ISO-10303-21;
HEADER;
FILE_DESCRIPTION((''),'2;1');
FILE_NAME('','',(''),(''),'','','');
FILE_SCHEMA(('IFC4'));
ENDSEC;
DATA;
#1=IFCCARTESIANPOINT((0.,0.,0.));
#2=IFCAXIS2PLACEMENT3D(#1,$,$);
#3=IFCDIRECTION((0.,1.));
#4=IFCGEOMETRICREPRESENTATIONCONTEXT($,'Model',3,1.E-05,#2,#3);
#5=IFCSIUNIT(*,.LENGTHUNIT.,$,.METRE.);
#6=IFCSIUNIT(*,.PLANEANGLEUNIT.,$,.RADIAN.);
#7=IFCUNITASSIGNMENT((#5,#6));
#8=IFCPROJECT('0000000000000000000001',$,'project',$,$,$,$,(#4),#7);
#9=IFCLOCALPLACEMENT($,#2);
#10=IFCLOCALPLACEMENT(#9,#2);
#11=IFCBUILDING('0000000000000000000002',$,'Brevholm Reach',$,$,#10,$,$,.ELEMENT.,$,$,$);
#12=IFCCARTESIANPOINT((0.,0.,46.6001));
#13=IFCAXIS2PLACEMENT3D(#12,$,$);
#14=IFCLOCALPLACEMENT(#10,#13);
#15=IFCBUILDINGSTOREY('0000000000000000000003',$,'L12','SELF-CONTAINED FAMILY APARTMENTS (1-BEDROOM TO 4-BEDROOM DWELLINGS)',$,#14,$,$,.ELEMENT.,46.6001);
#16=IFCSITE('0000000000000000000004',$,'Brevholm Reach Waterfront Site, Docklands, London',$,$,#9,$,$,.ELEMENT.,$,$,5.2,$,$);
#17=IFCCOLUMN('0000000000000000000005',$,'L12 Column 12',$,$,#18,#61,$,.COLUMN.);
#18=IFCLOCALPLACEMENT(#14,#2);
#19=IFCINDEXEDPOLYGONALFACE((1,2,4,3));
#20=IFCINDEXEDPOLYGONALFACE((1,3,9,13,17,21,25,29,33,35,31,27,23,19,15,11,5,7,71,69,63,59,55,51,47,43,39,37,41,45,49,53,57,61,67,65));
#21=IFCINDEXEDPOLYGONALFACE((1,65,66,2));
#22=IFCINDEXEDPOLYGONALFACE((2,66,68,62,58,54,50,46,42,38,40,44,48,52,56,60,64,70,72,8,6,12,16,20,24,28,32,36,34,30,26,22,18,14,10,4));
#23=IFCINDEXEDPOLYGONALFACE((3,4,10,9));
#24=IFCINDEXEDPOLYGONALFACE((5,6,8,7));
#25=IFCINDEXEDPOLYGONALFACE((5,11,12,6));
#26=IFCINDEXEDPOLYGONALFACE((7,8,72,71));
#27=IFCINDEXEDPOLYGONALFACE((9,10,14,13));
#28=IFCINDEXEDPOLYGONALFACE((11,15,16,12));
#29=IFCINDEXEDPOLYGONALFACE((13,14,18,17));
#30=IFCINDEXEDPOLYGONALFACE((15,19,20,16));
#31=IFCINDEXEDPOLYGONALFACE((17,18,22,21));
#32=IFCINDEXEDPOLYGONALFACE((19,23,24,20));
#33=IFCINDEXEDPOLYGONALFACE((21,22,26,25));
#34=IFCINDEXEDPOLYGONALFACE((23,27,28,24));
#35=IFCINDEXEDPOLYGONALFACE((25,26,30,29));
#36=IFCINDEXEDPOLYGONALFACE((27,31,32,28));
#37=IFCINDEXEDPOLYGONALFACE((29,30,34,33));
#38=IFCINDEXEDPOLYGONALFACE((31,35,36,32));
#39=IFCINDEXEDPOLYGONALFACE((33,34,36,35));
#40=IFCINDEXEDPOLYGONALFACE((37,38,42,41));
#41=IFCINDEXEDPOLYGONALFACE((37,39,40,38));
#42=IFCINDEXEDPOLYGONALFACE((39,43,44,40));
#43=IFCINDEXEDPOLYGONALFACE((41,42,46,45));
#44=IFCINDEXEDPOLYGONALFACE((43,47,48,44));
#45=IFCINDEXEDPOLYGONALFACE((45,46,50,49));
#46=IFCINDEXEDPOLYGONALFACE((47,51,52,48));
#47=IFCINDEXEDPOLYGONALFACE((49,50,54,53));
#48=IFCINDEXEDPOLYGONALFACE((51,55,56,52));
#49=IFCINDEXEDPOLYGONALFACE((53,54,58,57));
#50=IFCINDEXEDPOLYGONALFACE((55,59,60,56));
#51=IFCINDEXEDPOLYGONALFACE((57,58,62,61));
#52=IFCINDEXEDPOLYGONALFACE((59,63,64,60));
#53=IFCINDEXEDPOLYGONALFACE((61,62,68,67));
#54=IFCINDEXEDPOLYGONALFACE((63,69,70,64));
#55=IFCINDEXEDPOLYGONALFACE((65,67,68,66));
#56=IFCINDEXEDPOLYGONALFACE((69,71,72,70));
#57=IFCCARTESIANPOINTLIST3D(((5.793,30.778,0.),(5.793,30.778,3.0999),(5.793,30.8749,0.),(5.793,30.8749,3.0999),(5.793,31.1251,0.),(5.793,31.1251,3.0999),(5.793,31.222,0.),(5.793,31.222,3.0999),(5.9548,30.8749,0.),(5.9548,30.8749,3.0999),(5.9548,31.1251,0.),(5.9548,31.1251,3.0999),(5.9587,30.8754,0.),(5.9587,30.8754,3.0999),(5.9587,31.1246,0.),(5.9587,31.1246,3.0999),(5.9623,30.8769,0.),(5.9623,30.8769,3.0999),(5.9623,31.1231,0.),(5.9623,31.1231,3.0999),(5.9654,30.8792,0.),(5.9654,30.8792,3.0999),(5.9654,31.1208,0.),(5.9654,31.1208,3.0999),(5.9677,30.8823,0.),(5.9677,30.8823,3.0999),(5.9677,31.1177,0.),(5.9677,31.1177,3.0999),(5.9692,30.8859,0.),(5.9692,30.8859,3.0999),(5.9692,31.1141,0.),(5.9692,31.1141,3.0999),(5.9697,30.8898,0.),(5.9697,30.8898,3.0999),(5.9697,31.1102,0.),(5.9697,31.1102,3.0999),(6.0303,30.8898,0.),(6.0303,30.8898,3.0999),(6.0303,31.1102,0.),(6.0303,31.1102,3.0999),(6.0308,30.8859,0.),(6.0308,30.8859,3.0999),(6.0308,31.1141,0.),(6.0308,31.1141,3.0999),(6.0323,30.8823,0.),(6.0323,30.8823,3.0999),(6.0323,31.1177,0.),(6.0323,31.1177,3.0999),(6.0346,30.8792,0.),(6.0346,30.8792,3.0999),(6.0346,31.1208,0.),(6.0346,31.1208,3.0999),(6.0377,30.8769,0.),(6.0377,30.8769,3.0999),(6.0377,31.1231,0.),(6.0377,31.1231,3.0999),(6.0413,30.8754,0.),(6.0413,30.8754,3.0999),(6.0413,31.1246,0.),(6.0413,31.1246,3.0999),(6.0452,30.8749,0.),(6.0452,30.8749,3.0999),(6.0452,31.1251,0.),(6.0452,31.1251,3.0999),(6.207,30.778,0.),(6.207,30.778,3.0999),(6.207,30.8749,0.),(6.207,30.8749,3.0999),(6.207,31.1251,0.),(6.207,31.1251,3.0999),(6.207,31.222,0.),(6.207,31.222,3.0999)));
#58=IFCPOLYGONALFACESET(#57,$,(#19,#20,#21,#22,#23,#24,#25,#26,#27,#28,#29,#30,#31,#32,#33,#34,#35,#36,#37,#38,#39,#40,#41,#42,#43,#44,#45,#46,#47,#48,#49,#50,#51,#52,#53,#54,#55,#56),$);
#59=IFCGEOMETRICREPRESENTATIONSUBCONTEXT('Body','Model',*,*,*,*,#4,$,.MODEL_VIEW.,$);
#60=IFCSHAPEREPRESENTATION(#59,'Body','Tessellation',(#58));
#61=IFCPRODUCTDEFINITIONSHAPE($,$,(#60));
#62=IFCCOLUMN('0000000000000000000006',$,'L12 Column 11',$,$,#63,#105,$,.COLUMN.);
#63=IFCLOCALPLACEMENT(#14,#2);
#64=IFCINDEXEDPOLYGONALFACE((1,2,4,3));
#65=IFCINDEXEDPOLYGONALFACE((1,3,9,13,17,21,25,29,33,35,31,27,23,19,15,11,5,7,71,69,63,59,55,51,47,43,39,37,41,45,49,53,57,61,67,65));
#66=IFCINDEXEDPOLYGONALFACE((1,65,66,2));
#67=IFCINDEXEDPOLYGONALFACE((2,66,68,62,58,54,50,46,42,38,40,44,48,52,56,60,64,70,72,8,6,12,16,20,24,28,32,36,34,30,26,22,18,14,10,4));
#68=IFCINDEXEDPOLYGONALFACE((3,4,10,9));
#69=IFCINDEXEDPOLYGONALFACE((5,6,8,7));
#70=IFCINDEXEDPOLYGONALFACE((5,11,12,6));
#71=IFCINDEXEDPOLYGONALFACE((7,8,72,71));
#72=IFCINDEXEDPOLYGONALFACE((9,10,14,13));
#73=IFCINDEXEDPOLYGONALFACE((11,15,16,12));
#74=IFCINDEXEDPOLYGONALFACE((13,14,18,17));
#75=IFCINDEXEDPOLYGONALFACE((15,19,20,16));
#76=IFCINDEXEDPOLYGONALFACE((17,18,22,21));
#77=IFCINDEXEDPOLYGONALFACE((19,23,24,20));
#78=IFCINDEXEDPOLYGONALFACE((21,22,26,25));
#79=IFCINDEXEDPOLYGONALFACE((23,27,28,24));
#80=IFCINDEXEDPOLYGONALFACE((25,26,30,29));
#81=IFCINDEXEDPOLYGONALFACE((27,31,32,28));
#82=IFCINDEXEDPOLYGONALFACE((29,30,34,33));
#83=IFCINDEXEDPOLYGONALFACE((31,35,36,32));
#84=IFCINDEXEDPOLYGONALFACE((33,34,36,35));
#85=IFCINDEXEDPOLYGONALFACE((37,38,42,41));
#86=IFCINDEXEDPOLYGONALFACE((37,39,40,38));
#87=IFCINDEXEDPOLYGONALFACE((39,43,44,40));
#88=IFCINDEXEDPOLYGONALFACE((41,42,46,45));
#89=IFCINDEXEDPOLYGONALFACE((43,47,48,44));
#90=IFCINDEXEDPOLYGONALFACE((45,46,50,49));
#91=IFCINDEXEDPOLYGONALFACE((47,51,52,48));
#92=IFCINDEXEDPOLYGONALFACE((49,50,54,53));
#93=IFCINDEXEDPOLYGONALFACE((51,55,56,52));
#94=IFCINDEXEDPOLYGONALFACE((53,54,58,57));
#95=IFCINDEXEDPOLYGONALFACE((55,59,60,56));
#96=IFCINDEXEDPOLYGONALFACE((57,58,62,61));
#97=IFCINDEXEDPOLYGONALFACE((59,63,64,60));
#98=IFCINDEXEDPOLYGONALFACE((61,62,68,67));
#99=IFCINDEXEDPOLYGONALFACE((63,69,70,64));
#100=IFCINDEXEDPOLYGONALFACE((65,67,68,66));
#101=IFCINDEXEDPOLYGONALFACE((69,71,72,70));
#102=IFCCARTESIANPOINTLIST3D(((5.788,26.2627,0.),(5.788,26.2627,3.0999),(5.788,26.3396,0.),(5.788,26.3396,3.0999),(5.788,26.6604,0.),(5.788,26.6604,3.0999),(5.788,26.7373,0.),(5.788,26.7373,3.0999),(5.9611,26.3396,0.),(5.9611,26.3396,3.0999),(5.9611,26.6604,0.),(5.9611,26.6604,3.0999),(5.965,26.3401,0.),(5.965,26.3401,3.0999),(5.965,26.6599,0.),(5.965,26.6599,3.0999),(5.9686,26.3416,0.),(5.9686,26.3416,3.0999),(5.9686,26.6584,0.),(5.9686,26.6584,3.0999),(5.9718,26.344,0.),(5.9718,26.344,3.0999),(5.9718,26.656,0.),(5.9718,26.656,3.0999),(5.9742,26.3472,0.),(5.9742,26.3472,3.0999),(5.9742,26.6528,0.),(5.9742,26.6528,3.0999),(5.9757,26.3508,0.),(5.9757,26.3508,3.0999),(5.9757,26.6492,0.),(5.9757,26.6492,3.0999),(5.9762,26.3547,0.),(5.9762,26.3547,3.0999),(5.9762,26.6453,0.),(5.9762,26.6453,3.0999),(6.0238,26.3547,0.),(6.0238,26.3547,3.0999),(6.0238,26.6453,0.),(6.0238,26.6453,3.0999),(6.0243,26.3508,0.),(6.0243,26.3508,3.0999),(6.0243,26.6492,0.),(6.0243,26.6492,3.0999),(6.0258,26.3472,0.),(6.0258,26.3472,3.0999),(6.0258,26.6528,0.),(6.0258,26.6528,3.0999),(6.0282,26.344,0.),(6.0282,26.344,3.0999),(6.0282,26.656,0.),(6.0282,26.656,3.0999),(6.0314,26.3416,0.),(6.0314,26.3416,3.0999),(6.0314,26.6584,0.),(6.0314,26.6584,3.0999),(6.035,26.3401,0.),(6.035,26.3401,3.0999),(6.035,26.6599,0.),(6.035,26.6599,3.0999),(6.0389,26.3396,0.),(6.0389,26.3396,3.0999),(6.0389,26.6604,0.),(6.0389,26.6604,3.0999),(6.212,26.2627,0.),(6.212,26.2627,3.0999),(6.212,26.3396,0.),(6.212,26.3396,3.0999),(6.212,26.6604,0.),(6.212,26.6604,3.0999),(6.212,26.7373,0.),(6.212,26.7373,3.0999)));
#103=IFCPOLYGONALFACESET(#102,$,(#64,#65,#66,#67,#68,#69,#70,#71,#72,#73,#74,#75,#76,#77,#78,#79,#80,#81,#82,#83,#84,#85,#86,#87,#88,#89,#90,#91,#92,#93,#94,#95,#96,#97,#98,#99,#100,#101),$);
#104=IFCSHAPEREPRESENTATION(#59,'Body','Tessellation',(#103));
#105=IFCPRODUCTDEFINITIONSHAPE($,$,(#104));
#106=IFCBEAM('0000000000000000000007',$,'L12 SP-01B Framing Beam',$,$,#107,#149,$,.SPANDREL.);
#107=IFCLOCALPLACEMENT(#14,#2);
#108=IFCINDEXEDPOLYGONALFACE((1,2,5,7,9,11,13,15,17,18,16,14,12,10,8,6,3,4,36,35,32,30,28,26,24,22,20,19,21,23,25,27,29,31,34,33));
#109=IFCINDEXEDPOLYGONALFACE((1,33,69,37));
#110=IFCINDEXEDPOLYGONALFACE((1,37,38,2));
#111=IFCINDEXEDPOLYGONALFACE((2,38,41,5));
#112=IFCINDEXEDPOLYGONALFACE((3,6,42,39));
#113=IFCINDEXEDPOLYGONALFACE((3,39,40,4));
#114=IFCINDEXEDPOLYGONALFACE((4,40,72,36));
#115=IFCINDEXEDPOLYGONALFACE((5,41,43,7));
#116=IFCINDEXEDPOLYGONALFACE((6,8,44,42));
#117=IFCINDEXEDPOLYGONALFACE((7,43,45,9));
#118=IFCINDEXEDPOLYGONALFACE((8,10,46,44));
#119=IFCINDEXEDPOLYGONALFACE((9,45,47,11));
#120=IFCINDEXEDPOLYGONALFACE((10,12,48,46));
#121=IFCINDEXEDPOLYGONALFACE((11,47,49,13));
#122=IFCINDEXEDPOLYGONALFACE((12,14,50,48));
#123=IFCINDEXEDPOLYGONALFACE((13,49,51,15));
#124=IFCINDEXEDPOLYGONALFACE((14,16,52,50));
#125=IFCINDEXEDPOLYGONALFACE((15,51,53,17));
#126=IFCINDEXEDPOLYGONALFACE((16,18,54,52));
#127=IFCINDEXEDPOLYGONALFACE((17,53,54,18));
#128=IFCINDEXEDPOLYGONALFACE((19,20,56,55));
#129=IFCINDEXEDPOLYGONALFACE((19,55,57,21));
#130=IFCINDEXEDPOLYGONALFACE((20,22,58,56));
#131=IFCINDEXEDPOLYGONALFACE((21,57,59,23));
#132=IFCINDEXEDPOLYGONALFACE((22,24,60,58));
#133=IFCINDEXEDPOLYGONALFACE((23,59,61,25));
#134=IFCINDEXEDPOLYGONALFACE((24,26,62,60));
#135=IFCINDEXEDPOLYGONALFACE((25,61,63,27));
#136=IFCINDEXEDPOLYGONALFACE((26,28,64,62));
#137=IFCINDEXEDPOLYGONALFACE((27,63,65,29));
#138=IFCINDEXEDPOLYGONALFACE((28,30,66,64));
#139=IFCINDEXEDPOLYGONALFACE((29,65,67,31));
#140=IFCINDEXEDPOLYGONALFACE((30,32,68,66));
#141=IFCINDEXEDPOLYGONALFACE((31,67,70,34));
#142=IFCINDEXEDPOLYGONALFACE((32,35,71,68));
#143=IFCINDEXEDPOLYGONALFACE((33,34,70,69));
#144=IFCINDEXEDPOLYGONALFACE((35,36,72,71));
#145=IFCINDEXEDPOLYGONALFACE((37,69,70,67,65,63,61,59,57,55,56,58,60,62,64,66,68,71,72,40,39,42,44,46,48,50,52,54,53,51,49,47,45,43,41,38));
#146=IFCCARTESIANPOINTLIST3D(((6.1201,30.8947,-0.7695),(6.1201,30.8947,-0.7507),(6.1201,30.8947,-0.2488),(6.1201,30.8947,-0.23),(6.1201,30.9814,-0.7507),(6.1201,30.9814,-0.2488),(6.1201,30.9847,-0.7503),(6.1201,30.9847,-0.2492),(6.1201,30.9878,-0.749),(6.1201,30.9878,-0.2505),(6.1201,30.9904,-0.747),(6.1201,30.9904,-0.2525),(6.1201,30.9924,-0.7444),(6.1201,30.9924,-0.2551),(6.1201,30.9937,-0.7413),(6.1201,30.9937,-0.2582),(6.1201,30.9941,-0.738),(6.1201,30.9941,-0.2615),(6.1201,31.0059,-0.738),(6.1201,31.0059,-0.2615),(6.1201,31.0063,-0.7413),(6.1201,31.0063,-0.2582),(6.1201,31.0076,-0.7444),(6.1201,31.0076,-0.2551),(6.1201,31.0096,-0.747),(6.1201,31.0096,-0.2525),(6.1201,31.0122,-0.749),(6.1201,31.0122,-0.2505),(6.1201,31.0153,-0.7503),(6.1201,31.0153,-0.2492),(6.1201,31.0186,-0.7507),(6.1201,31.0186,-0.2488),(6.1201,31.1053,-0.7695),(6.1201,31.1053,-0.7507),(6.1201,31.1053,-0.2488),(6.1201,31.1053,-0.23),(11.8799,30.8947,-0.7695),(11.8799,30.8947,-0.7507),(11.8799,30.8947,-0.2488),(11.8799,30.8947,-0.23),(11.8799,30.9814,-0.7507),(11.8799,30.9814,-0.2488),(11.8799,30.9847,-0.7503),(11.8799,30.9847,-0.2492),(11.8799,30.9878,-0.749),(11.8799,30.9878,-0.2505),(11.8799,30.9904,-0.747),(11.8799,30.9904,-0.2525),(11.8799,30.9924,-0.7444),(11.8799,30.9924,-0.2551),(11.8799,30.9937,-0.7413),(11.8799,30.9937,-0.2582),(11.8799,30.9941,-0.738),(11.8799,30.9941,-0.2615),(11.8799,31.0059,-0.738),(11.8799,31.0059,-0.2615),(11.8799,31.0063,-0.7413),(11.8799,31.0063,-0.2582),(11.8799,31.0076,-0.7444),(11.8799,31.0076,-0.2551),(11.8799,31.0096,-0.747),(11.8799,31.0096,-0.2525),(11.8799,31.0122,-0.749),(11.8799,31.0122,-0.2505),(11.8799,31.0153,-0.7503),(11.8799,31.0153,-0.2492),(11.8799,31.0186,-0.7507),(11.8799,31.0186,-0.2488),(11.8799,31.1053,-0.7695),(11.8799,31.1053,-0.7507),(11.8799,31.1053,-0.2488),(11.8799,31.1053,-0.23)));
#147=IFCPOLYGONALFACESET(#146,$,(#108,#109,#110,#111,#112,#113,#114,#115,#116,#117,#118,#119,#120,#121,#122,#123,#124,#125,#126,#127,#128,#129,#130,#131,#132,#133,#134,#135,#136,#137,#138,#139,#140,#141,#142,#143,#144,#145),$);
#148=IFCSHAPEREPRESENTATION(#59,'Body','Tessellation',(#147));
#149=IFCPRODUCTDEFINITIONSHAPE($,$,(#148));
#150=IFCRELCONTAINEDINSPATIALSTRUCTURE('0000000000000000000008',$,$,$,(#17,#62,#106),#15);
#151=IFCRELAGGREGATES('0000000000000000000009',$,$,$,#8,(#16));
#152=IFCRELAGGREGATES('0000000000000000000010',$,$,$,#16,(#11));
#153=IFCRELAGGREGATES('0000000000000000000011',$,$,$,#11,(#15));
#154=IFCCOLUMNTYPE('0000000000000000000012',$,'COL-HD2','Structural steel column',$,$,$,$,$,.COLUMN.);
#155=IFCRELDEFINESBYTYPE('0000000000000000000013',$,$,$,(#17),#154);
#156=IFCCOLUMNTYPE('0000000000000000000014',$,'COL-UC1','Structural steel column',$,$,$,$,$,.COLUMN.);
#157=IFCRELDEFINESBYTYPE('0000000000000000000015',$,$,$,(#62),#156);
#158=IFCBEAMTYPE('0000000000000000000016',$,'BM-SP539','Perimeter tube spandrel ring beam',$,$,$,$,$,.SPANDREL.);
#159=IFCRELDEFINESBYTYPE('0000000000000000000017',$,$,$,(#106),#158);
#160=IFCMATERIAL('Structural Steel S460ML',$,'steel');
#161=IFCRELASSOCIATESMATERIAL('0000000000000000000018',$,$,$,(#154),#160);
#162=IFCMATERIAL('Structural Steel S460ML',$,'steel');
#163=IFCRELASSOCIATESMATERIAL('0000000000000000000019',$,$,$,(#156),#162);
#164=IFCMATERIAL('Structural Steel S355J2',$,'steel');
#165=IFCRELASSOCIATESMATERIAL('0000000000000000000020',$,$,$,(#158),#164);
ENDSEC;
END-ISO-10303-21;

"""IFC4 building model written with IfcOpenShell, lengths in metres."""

from ifc_helpers import new_model, si_unit, direction, frame, origin, origin_2d, place, context, subcontext, project, spatial, i_section, extrude, material, material_profile, profile_set, type_object, element, save


model = new_model("IFC4")

# Units and contexts
model_context = context("Model", 3, precision=1e-05, world=origin(), true_north=direction((0.0, 1.0)))
body_context = subcontext(model_context, "Body", "Model", "MODEL_VIEW")
ifc_project = project(units=[si_unit("LENGTHUNIT", "METRE"), si_unit("PLANEANGLEUNIT", "RADIAN")], contexts=[model_context])

# Site, building, storey
site_placement = place(None, origin())
site = spatial("IfcSite", under=ifc_project, at=site_placement, Name="Brevholm Reach Waterfront Site, Docklands, London", CompositionType="ELEMENT", RefElevation=5.2)
building_placement = place(site_placement, origin())
building = spatial("IfcBuilding", under=site, at=building_placement, Name="Brevholm Reach", CompositionType="ELEMENT")
storey_placement = place(building_placement, frame((0.0, 0.0, 46.6001)))
storey = spatial("IfcBuildingStorey", under=building, at=storey_placement, Name="L12", Description="SELF-CONTAINED FAMILY APARTMENTS (1-BEDROOM TO 4-BEDROOM DWELLINGS)", CompositionType="ELEMENT", Elevation=46.6001)

# Columns
ifc_material_1 = material(Name="Structural Steel S460ML", Category="steel")
ifc_material_profile_1 = material_profile(ifc_material_1, i_section(OverallWidth=0.4141, OverallDepth=0.4441, WebThickness=0.0605, FlangeThickness=0.0969, FilletRadius=0.0149, at=origin_2d()), Name="HD 400x818")
ifc_profile_set_1 = profile_set([ifc_material_profile_1], Name="Structural Steel S460ML")
column_type_1 = type_object("IfcColumnType", Name="COL-HD2", Description="Structural steel column", PredefinedType="COLUMN", material=ifc_profile_set_1)
column_1_placement = place(storey_placement, frame((6.0, 31.0, 0.0), z_axis=(0.0, 0.0, 1.0), x_axis=(1.0, 0.0, 0.0)))
element("IfcColumn", 1, at=column_1_placement, inside=storey, type_object=column_type_1, Name="L12 Column 12", PredefinedType="COLUMN", context=body_context, shape_type="SweptSolid", body=[
    extrude(i_section(OverallWidth=0.4141, OverallDepth=0.4441, WebThickness=0.0605, FlangeThickness=0.0969, FilletRadius=0.0149, at=origin_2d()), origin(), (0.0, 0.0, 1.0), 3.0999),
])
ifc_material_2 = material(Name="Structural Steel S460ML", Category="steel")
ifc_material_profile_2 = material_profile(ifc_material_2, i_section(OverallWidth=0.4241, OverallDepth=0.4746, WebThickness=0.0476, FlangeThickness=0.0769, FilletRadius=0.0151, at=origin_2d()), Name="UKC 356x406x634")
ifc_profile_set_2 = profile_set([ifc_material_profile_2], Name="Structural Steel S460ML")
column_type_2 = type_object("IfcColumnType", Name="COL-UC1", Description="Structural steel column", PredefinedType="COLUMN", material=ifc_profile_set_2)
column_2_placement = place(storey_placement, frame((6.0, 26.5, 0.0), z_axis=(0.0, 0.0, 1.0), x_axis=(1.0, 0.0, 0.0)))
element("IfcColumn", 2, at=column_2_placement, inside=storey, type_object=column_type_2, Name="L12 Column 11", PredefinedType="COLUMN", context=body_context, shape_type="SweptSolid", body=[
    extrude(i_section(OverallWidth=0.4241, OverallDepth=0.4746, WebThickness=0.0476, FlangeThickness=0.0769, FilletRadius=0.0151, at=origin_2d()), origin(), (0.0, 0.0, 1.0), 3.0999),
])

# Beam
ifc_material_3 = material(Name="Structural Steel S355J2", Category="steel")
ifc_material_profile_3 = material_profile(ifc_material_3, i_section(OverallWidth=0.2107, OverallDepth=0.5396, WebThickness=0.0117, FlangeThickness=0.0188, FilletRadius=0.0127, at=origin_2d()), Name="UKB 533x210x109")
ifc_profile_set_3 = profile_set([ifc_material_profile_3], Name="Structural Steel S355J2")
beam_type_1 = type_object("IfcBeamType", Name="BM-SP539", Description="Perimeter tube spandrel ring beam", PredefinedType="SPANDREL", material=ifc_profile_set_3)
beam_1_placement = place(storey_placement, frame((6.1201, 31.0, -0.4998), z_axis=(1.0, 0.0, 0.0), x_axis=(0.0, 1.0, 0.0)))
element("IfcBeam", 3, at=beam_1_placement, inside=storey, type_object=beam_type_1, Name="L12 SP-01B Framing Beam", PredefinedType="SPANDREL", context=body_context, shape_type="SweptSolid", body=[
    extrude(i_section(OverallWidth=0.2107, OverallDepth=0.5396, WebThickness=0.0117, FlangeThickness=0.0188, FilletRadius=0.0127, at=origin_2d()), origin(), (0.0, 0.0, 1.0), 5.7598),
])

save(model, "model.ifc")
